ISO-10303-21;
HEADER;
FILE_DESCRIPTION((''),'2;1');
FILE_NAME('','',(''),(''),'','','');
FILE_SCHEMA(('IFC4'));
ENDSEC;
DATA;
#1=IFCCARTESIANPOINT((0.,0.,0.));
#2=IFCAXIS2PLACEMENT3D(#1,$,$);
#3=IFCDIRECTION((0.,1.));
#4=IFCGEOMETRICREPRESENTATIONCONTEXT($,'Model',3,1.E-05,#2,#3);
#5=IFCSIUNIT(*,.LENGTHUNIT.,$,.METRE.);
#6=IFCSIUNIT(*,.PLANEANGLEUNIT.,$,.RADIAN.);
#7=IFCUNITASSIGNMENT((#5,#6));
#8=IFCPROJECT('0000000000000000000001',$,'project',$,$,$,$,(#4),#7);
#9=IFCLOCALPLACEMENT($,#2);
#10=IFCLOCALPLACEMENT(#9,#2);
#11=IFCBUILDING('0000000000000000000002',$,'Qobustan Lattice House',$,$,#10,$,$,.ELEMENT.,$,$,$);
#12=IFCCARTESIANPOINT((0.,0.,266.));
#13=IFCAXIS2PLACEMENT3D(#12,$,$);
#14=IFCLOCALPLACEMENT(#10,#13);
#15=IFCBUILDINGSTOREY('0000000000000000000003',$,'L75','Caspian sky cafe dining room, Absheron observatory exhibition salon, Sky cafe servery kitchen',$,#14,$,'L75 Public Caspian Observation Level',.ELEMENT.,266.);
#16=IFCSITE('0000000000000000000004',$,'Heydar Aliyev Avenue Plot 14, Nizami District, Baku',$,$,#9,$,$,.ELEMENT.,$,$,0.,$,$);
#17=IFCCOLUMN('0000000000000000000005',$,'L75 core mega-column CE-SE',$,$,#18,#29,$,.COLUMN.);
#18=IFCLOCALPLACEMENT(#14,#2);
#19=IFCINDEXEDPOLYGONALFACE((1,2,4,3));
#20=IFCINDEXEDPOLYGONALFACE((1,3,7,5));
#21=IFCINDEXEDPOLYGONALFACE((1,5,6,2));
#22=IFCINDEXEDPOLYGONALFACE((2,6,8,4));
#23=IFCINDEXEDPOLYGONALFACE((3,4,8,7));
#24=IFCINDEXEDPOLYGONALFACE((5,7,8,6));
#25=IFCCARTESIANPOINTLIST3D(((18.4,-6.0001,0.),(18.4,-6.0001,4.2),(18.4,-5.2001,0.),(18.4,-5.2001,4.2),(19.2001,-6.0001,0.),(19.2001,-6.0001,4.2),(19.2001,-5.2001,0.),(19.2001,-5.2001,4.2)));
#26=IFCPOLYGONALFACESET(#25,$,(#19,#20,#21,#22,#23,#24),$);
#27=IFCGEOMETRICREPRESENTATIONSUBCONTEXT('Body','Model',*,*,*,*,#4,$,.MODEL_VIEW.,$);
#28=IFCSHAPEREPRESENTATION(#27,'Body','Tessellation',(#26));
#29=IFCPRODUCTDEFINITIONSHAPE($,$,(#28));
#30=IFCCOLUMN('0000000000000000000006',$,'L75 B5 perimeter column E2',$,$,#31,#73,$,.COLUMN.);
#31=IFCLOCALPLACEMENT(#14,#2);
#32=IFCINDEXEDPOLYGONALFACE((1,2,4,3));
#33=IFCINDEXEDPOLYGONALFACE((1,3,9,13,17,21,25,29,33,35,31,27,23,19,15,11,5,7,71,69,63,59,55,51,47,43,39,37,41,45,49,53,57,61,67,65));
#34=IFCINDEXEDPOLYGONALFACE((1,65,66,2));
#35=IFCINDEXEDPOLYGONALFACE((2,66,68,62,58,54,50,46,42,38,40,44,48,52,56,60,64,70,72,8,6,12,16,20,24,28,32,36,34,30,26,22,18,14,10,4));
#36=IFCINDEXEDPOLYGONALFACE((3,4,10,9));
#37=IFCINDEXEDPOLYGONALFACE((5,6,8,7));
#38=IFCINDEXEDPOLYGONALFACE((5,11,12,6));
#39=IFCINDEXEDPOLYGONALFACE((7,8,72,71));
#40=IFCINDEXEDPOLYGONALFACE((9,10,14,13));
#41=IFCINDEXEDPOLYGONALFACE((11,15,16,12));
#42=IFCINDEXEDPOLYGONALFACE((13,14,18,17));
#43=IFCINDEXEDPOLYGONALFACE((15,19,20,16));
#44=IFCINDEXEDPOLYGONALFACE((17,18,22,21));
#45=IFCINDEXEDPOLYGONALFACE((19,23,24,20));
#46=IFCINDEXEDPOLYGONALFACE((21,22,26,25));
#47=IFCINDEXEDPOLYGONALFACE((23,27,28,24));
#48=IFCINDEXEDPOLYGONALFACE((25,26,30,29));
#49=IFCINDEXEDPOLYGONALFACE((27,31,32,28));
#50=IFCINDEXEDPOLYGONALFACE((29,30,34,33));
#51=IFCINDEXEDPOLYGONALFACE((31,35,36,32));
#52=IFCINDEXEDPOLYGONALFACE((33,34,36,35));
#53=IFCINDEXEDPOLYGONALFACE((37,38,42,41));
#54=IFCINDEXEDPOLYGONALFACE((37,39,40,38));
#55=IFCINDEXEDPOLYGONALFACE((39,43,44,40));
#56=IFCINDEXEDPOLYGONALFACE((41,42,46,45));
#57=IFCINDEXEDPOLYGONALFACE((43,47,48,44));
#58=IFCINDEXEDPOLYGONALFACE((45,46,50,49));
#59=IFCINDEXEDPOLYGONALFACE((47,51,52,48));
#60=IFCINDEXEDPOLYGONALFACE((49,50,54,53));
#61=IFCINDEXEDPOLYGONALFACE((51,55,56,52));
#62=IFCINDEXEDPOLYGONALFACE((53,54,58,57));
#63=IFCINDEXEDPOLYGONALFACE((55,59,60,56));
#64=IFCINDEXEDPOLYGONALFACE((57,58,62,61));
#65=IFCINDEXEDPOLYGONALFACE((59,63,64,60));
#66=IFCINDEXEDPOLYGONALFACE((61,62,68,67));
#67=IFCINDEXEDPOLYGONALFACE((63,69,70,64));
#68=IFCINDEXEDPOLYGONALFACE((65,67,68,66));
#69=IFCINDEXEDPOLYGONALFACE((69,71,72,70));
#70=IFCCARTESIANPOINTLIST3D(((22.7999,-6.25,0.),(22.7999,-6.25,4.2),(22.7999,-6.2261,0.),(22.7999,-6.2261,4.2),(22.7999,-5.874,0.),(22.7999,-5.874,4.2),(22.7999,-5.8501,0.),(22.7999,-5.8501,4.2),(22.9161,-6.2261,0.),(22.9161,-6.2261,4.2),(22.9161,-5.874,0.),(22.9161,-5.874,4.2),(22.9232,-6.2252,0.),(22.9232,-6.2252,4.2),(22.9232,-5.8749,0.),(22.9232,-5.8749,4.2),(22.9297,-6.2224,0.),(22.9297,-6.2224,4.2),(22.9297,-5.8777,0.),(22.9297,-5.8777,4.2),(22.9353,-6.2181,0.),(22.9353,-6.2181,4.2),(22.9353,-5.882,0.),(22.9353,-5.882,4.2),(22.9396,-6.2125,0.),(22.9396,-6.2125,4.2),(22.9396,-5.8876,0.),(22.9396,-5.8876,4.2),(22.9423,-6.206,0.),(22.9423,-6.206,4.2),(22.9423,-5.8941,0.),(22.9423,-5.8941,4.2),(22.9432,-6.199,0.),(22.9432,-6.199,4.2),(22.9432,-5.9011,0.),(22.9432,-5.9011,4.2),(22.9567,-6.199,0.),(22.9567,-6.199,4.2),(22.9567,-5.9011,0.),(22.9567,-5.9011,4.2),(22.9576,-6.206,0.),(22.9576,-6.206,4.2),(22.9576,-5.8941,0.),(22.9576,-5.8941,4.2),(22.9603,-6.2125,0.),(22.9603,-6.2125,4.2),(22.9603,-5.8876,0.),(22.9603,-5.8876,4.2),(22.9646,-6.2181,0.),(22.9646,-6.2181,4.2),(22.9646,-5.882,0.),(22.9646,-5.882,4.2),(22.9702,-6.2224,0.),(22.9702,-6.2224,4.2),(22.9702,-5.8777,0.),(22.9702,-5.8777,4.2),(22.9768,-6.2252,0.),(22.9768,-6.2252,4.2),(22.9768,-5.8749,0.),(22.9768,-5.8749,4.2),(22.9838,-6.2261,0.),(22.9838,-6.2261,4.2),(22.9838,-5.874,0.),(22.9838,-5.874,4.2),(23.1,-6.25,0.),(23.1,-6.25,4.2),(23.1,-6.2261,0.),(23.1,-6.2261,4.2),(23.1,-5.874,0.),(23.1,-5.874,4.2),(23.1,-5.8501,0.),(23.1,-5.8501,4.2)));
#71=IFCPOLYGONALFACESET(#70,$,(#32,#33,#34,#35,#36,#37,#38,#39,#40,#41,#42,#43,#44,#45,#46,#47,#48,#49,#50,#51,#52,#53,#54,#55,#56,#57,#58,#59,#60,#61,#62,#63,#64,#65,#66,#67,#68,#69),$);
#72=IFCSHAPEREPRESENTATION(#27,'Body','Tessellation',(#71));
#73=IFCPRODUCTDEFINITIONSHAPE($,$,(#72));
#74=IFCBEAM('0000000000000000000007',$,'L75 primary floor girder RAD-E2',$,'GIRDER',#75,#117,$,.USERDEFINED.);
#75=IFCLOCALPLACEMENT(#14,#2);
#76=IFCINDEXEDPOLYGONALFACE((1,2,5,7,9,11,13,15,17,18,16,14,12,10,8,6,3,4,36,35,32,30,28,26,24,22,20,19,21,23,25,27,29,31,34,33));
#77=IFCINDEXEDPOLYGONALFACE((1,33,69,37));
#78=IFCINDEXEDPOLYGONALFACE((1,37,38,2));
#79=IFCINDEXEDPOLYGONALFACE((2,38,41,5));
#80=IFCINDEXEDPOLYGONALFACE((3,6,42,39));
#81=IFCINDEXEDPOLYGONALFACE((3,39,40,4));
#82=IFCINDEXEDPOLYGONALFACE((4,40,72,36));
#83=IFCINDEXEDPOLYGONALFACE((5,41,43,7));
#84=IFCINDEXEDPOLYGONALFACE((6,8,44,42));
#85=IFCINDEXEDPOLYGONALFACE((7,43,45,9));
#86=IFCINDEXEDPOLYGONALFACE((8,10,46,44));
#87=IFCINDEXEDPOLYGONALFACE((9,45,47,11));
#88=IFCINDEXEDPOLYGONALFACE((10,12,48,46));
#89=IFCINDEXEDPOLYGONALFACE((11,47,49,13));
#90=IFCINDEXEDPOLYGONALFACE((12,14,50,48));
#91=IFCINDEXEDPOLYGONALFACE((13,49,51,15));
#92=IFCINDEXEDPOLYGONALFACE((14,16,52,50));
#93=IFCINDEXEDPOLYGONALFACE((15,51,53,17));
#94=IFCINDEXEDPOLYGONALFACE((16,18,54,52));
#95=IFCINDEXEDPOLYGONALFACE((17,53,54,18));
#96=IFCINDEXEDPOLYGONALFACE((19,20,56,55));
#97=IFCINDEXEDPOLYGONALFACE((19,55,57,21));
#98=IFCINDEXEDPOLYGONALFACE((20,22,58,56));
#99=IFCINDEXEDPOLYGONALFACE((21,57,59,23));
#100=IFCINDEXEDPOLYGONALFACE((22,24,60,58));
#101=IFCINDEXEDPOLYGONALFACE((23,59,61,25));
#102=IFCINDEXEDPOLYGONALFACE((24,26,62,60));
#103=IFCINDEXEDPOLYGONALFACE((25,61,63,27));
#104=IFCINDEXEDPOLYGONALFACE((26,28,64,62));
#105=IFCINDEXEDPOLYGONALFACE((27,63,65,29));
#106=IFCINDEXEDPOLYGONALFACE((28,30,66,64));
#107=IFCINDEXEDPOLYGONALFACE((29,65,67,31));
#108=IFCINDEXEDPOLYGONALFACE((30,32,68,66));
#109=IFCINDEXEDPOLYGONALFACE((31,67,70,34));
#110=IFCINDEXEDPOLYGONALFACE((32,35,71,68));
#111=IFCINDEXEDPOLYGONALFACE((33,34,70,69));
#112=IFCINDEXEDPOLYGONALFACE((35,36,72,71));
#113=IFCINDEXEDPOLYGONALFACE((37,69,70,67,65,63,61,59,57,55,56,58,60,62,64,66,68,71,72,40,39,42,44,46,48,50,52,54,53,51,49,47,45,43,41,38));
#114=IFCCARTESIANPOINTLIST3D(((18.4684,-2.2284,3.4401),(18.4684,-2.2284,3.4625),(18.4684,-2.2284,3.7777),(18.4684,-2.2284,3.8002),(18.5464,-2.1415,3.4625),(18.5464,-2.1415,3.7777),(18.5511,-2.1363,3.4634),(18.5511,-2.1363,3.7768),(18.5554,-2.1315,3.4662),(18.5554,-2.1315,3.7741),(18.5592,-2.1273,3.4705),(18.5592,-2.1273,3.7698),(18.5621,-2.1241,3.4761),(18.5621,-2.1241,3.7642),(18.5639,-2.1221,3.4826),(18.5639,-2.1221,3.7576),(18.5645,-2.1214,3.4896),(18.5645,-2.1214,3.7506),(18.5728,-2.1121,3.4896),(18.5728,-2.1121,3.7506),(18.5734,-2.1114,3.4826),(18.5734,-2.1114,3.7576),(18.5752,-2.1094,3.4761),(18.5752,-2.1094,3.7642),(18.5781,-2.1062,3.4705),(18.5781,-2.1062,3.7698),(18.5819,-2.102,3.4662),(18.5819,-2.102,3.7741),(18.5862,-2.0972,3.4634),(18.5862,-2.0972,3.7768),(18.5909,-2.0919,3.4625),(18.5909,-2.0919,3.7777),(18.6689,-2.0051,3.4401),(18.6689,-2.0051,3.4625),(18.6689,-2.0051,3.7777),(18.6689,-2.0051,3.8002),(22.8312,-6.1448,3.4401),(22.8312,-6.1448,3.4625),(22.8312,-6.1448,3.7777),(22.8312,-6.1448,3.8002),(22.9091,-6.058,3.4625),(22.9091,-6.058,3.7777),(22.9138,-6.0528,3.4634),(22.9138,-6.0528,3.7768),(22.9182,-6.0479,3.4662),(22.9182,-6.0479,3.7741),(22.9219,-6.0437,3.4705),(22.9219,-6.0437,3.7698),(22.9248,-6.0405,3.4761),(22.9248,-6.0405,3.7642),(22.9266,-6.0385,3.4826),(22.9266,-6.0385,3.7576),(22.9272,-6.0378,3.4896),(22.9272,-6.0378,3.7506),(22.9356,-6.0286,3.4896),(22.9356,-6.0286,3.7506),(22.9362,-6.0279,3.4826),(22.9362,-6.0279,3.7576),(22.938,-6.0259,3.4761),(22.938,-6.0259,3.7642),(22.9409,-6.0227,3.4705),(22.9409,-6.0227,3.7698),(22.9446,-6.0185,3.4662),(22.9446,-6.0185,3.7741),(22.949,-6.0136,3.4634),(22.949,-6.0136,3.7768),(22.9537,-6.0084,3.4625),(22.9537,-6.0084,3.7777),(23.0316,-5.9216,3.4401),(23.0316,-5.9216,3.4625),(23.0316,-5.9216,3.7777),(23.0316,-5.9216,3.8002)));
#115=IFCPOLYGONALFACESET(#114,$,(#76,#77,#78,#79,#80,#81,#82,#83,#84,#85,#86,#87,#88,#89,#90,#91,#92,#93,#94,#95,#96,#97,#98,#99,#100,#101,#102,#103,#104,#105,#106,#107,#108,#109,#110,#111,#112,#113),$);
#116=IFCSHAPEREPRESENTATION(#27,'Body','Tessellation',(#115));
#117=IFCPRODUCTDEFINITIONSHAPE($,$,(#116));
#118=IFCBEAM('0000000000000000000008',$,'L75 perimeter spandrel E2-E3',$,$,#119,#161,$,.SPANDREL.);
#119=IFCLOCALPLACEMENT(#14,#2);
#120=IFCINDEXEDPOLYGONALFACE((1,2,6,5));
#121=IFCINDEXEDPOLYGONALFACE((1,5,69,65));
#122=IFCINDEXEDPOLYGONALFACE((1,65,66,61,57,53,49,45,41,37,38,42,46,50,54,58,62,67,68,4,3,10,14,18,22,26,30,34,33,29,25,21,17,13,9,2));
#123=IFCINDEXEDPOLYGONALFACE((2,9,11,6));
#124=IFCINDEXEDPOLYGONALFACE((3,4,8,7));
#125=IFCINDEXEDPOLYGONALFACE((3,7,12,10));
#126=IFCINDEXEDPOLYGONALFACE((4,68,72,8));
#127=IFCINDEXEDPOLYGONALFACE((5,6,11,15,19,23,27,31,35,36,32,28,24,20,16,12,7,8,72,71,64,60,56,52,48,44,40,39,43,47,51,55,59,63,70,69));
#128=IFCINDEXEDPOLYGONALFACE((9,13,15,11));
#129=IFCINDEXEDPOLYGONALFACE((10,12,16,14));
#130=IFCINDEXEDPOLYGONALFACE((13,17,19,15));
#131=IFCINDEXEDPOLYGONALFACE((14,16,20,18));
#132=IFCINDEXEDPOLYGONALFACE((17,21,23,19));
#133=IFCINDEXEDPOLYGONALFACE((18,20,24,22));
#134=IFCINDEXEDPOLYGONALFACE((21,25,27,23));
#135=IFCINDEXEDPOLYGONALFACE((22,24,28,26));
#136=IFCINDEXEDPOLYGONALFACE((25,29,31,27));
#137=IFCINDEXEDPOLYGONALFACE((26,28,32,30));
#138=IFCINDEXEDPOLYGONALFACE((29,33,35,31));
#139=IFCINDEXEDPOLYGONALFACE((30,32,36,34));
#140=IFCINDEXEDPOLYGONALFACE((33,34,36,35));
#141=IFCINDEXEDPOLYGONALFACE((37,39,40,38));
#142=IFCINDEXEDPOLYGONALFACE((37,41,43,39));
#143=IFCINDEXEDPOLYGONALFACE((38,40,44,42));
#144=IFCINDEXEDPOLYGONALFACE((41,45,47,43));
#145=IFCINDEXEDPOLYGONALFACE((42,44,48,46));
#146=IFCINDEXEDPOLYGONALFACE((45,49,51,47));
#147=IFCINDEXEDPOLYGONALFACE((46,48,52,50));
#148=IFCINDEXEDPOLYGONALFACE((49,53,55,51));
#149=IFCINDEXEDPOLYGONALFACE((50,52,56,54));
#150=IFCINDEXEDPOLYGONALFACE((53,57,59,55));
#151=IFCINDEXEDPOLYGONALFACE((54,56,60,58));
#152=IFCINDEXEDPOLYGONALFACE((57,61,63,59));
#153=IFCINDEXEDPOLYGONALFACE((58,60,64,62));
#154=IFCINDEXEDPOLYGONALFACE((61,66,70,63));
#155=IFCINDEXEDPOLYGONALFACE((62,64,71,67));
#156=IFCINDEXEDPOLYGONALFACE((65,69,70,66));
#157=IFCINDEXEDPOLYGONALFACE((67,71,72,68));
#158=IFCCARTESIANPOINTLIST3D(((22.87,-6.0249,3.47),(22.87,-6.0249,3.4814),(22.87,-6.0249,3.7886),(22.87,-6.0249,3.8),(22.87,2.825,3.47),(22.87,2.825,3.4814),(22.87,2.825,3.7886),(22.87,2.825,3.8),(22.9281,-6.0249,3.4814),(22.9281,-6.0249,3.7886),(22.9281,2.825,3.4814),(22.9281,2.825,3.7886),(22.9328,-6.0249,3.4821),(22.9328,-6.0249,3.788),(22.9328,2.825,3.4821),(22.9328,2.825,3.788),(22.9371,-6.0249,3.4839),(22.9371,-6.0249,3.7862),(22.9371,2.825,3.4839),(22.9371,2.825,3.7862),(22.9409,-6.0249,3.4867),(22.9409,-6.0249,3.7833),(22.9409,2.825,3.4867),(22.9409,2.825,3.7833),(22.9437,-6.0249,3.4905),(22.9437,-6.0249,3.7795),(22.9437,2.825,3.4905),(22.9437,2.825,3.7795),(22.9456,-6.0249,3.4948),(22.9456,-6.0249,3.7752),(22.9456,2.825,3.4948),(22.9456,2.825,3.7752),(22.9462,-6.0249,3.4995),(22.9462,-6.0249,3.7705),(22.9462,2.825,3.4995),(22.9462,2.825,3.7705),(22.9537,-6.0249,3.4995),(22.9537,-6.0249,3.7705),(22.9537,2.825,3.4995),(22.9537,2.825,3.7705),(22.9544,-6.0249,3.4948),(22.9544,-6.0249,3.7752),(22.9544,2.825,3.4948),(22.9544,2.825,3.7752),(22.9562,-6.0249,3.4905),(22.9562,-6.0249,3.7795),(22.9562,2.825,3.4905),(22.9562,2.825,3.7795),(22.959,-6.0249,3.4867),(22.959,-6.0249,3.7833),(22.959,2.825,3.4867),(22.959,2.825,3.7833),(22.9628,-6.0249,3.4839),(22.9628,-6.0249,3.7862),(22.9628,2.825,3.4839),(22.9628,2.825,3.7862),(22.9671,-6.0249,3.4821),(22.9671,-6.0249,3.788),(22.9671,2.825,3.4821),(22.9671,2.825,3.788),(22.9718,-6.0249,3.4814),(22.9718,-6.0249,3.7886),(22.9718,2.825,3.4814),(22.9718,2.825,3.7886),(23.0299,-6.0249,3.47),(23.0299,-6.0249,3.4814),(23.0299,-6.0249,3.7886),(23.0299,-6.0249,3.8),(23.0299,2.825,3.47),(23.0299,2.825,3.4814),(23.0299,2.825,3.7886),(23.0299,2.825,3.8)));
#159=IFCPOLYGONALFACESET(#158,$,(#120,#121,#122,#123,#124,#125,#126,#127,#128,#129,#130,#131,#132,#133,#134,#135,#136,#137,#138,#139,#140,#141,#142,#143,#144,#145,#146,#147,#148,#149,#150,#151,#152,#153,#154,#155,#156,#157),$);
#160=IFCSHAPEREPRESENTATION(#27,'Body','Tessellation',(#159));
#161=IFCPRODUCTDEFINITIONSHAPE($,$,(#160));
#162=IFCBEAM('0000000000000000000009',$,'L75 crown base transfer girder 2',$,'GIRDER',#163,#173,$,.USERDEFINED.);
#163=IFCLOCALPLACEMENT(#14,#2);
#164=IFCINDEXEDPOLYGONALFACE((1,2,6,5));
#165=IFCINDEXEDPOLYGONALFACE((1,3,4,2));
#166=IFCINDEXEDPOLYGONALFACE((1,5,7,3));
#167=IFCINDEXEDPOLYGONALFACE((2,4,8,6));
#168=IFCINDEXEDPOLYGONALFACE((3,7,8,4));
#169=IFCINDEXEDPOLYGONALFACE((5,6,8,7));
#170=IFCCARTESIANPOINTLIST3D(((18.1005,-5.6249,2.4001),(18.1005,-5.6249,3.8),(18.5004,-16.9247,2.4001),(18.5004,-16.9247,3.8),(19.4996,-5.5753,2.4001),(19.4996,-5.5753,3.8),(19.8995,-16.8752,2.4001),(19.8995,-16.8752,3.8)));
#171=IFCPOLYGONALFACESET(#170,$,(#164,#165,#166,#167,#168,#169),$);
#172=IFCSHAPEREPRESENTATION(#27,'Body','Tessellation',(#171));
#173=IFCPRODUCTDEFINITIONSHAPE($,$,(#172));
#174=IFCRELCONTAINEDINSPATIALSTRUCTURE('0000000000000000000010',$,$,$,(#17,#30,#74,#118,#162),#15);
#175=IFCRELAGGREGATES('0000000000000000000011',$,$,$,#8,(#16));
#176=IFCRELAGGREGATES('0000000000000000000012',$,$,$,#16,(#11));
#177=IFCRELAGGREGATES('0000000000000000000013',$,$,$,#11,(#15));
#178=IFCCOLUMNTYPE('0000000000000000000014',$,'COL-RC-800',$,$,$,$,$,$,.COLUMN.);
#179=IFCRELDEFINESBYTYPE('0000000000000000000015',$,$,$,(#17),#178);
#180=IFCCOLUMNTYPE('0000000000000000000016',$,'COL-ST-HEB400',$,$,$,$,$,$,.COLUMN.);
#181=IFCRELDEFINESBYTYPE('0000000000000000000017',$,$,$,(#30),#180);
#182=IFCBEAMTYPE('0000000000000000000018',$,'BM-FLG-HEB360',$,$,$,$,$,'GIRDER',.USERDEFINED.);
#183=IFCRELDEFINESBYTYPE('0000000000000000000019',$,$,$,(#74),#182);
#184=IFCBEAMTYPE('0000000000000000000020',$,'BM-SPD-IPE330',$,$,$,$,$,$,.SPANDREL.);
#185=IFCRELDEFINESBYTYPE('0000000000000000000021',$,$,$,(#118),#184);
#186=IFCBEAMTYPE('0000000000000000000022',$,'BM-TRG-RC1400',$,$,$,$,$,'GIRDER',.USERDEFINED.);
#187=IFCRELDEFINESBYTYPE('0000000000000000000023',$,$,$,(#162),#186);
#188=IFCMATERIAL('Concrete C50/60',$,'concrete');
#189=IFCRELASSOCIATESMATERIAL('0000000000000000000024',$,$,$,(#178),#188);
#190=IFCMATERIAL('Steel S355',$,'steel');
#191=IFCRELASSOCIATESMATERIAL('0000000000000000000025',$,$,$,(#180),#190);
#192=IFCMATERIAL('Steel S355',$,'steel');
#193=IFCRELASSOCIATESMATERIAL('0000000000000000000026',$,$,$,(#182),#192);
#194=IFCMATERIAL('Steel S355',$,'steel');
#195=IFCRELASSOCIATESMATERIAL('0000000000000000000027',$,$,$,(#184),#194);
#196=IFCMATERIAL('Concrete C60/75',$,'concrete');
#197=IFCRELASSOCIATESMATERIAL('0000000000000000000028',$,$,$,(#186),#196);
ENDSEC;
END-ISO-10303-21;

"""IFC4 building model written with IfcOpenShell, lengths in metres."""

from ifc_helpers import new_model, si_unit, direction, frame, origin, origin_2d, place, context, subcontext, project, spatial, rectangle, i_section, extrude, material, material_profile, profile_set, type_object, element, save


model = new_model("IFC4")

# Units and contexts
model_context = context("Model", 3, precision=1e-05, world=origin(), true_north=direction((0.0, 1.0)))
body_context = subcontext(model_context, "Body", "Model", "MODEL_VIEW")
ifc_project = project(units=[si_unit("LENGTHUNIT", "METRE"), si_unit("PLANEANGLEUNIT", "RADIAN")], contexts=[model_context])

# Site, building, storey
site_placement = place(None, origin())
site = spatial("IfcSite", under=ifc_project, at=site_placement, Name="Heydar Aliyev Avenue Plot 14, Nizami District, Baku", CompositionType="ELEMENT", RefElevation=0.0)
building_placement = place(site_placement, origin())
building = spatial("IfcBuilding", under=site, at=building_placement, Name="Qobustan Lattice House", CompositionType="ELEMENT")
storey_placement = place(building_placement, frame((0.0, 0.0, 266.0)))
storey = spatial("IfcBuildingStorey", under=building, at=storey_placement, Name="L75", Description="Caspian sky cafe dining room, Absheron observatory exhibition salon, Sky cafe servery kitchen", LongName="L75 Public Caspian Observation Level", CompositionType="ELEMENT", Elevation=266.0)

# Columns
ifc_material_1 = material(Name="Concrete C50/60", Category="concrete")
ifc_material_profile_1 = material_profile(ifc_material_1, rectangle(XDim=0.8, YDim=0.8, at=origin_2d()), Name="RC800x800")
ifc_profile_set_1 = profile_set([ifc_material_profile_1], Name="Concrete C50/60")
column_type_1 = type_object("IfcColumnType", Name="COL-RC-800", PredefinedType="COLUMN", material=ifc_profile_set_1)
column_1_placement = place(storey_placement, frame((18.8, -5.6001, 0.0), z_axis=(0.0, 0.0, 1.0), x_axis=(1.0, 0.0, 0.0)))
element("IfcColumn", 1, at=column_1_placement, inside=storey, type_object=column_type_1, Name="L75 core mega-column CE-SE", PredefinedType="COLUMN", context=body_context, shape_type="SweptSolid", body=[
    extrude(rectangle(XDim=0.8, YDim=0.8, at=origin_2d()), origin(), (0.0, 0.0, 1.0), 4.2),
])
ifc_material_2 = material(Name="Steel S355", Category="steel")
ifc_material_profile_2 = material_profile(ifc_material_2, i_section(OverallWidth=0.3, OverallDepth=0.3999, WebThickness=0.0134, FlangeThickness=0.0239, FilletRadius=0.0271, at=origin_2d()), Name="HEB400")
ifc_profile_set_2 = profile_set([ifc_material_profile_2], Name="Steel S355")
column_type_2 = type_object("IfcColumnType", Name="COL-ST-HEB400", PredefinedType="COLUMN", material=ifc_profile_set_2)
column_2_placement = place(storey_placement, frame((22.95, -6.05, 0.0), z_axis=(0.0, 0.0, 1.0), x_axis=(1.0, 0.0, 0.0)))
element("IfcColumn", 2, at=column_2_placement, inside=storey, type_object=column_type_2, Name="L75 B5 perimeter column E2", PredefinedType="COLUMN", context=body_context, shape_type="SweptSolid", body=[
    extrude(i_section(OverallWidth=0.3, OverallDepth=0.3999, WebThickness=0.0134, FlangeThickness=0.0239, FilletRadius=0.0271, at=origin_2d()), origin(), (0.0, 0.0, 1.0), 4.2),
])

# Beams
ifc_material_3 = material(Name="Steel S355", Category="steel")
ifc_material_profile_3 = material_profile(ifc_material_3, i_section(OverallWidth=0.3, OverallDepth=0.3601, WebThickness=0.0125, FlangeThickness=0.0225, FilletRadius=0.0271, at=origin_2d()), Name="HEB360")
ifc_profile_set_3 = profile_set([ifc_material_profile_3], Name="Steel S355")
beam_type_1 = type_object("IfcBeamType", Name="BM-FLG-HEB360", ElementType="GIRDER", PredefinedType="USERDEFINED", material=ifc_profile_set_3)
beam_1_placement = place(storey_placement, frame((22.9314, -6.0332, 3.6201), z_axis=(-0.744142, 0.668021, 0.0), x_axis=(-0.668021, -0.744142, 0.0)))
element("IfcBeam", 3, at=beam_1_placement, inside=storey, type_object=beam_type_1, Name="L75 primary floor girder RAD-E2", ObjectType="GIRDER", PredefinedType="USERDEFINED", context=body_context, shape_type="SweptSolid", body=[
    extrude(i_section(OverallWidth=0.3, OverallDepth=0.3601, WebThickness=0.0125, FlangeThickness=0.0225, FilletRadius=0.0271, at=origin_2d()), origin(), (0.0, 0.0, 1.0), 5.8628),
])
ifc_material_4 = material(Name="Steel S355", Category="steel")
ifc_material_profile_4 = material_profile(ifc_material_4, i_section(OverallWidth=0.1599, OverallDepth=0.3301, WebThickness=0.0076, FlangeThickness=0.0115, FilletRadius=0.0181, at=origin_2d()), Name="IPE330")
ifc_profile_set_4 = profile_set([ifc_material_profile_4], Name="Steel S355")
beam_type_2 = type_object("IfcBeamType", Name="BM-SPD-IPE330", PredefinedType="SPANDREL", material=ifc_profile_set_4)
beam_2_placement = place(storey_placement, frame((22.95, -6.0249, 3.635), z_axis=(0.0, 1.0, 0.0), x_axis=(-1.0, 0.0, 0.0)))
element("IfcBeam", 4, at=beam_2_placement, inside=storey, type_object=beam_type_2, Name="L75 perimeter spandrel E2-E3", PredefinedType="SPANDREL", context=body_context, shape_type="SweptSolid", body=[
    extrude(i_section(OverallWidth=0.1599, OverallDepth=0.3301, WebThickness=0.0076, FlangeThickness=0.0115, FilletRadius=0.0181, at=origin_2d()), origin(), (0.0, 0.0, 1.0), 8.8499),
])
ifc_material_5 = material(Name="Concrete C60/75", Category="concrete")
ifc_material_profile_5 = material_profile(ifc_material_5, rectangle(XDim=1.3999, YDim=1.3999, at=origin_2d()), Name="RC1400x1400")
ifc_profile_set_5 = profile_set([ifc_material_profile_5], Name="Concrete C60/75")
beam_type_3 = type_object("IfcBeamType", Name="BM-TRG-RC1400", ElementType="GIRDER", PredefinedType="USERDEFINED", material=ifc_profile_set_5)
beam_3_placement = place(storey_placement, frame((18.8, -5.6001, 3.1001), z_axis=(0.035368, -0.999374, 0.0), x_axis=(0.999374, 0.035368, 0.0)))
element("IfcBeam", 5, at=beam_3_placement, inside=storey, type_object=beam_type_3, Name="L75 crown base transfer girder 2", ObjectType="GIRDER", PredefinedType="USERDEFINED", context=body_context, shape_type="SweptSolid", body=[
    extrude(rectangle(XDim=1.3999, YDim=1.3999, at=origin_2d()), origin(), (0.0, 0.0, 1.0), 11.3069),
])

save(model, "model.ifc")
